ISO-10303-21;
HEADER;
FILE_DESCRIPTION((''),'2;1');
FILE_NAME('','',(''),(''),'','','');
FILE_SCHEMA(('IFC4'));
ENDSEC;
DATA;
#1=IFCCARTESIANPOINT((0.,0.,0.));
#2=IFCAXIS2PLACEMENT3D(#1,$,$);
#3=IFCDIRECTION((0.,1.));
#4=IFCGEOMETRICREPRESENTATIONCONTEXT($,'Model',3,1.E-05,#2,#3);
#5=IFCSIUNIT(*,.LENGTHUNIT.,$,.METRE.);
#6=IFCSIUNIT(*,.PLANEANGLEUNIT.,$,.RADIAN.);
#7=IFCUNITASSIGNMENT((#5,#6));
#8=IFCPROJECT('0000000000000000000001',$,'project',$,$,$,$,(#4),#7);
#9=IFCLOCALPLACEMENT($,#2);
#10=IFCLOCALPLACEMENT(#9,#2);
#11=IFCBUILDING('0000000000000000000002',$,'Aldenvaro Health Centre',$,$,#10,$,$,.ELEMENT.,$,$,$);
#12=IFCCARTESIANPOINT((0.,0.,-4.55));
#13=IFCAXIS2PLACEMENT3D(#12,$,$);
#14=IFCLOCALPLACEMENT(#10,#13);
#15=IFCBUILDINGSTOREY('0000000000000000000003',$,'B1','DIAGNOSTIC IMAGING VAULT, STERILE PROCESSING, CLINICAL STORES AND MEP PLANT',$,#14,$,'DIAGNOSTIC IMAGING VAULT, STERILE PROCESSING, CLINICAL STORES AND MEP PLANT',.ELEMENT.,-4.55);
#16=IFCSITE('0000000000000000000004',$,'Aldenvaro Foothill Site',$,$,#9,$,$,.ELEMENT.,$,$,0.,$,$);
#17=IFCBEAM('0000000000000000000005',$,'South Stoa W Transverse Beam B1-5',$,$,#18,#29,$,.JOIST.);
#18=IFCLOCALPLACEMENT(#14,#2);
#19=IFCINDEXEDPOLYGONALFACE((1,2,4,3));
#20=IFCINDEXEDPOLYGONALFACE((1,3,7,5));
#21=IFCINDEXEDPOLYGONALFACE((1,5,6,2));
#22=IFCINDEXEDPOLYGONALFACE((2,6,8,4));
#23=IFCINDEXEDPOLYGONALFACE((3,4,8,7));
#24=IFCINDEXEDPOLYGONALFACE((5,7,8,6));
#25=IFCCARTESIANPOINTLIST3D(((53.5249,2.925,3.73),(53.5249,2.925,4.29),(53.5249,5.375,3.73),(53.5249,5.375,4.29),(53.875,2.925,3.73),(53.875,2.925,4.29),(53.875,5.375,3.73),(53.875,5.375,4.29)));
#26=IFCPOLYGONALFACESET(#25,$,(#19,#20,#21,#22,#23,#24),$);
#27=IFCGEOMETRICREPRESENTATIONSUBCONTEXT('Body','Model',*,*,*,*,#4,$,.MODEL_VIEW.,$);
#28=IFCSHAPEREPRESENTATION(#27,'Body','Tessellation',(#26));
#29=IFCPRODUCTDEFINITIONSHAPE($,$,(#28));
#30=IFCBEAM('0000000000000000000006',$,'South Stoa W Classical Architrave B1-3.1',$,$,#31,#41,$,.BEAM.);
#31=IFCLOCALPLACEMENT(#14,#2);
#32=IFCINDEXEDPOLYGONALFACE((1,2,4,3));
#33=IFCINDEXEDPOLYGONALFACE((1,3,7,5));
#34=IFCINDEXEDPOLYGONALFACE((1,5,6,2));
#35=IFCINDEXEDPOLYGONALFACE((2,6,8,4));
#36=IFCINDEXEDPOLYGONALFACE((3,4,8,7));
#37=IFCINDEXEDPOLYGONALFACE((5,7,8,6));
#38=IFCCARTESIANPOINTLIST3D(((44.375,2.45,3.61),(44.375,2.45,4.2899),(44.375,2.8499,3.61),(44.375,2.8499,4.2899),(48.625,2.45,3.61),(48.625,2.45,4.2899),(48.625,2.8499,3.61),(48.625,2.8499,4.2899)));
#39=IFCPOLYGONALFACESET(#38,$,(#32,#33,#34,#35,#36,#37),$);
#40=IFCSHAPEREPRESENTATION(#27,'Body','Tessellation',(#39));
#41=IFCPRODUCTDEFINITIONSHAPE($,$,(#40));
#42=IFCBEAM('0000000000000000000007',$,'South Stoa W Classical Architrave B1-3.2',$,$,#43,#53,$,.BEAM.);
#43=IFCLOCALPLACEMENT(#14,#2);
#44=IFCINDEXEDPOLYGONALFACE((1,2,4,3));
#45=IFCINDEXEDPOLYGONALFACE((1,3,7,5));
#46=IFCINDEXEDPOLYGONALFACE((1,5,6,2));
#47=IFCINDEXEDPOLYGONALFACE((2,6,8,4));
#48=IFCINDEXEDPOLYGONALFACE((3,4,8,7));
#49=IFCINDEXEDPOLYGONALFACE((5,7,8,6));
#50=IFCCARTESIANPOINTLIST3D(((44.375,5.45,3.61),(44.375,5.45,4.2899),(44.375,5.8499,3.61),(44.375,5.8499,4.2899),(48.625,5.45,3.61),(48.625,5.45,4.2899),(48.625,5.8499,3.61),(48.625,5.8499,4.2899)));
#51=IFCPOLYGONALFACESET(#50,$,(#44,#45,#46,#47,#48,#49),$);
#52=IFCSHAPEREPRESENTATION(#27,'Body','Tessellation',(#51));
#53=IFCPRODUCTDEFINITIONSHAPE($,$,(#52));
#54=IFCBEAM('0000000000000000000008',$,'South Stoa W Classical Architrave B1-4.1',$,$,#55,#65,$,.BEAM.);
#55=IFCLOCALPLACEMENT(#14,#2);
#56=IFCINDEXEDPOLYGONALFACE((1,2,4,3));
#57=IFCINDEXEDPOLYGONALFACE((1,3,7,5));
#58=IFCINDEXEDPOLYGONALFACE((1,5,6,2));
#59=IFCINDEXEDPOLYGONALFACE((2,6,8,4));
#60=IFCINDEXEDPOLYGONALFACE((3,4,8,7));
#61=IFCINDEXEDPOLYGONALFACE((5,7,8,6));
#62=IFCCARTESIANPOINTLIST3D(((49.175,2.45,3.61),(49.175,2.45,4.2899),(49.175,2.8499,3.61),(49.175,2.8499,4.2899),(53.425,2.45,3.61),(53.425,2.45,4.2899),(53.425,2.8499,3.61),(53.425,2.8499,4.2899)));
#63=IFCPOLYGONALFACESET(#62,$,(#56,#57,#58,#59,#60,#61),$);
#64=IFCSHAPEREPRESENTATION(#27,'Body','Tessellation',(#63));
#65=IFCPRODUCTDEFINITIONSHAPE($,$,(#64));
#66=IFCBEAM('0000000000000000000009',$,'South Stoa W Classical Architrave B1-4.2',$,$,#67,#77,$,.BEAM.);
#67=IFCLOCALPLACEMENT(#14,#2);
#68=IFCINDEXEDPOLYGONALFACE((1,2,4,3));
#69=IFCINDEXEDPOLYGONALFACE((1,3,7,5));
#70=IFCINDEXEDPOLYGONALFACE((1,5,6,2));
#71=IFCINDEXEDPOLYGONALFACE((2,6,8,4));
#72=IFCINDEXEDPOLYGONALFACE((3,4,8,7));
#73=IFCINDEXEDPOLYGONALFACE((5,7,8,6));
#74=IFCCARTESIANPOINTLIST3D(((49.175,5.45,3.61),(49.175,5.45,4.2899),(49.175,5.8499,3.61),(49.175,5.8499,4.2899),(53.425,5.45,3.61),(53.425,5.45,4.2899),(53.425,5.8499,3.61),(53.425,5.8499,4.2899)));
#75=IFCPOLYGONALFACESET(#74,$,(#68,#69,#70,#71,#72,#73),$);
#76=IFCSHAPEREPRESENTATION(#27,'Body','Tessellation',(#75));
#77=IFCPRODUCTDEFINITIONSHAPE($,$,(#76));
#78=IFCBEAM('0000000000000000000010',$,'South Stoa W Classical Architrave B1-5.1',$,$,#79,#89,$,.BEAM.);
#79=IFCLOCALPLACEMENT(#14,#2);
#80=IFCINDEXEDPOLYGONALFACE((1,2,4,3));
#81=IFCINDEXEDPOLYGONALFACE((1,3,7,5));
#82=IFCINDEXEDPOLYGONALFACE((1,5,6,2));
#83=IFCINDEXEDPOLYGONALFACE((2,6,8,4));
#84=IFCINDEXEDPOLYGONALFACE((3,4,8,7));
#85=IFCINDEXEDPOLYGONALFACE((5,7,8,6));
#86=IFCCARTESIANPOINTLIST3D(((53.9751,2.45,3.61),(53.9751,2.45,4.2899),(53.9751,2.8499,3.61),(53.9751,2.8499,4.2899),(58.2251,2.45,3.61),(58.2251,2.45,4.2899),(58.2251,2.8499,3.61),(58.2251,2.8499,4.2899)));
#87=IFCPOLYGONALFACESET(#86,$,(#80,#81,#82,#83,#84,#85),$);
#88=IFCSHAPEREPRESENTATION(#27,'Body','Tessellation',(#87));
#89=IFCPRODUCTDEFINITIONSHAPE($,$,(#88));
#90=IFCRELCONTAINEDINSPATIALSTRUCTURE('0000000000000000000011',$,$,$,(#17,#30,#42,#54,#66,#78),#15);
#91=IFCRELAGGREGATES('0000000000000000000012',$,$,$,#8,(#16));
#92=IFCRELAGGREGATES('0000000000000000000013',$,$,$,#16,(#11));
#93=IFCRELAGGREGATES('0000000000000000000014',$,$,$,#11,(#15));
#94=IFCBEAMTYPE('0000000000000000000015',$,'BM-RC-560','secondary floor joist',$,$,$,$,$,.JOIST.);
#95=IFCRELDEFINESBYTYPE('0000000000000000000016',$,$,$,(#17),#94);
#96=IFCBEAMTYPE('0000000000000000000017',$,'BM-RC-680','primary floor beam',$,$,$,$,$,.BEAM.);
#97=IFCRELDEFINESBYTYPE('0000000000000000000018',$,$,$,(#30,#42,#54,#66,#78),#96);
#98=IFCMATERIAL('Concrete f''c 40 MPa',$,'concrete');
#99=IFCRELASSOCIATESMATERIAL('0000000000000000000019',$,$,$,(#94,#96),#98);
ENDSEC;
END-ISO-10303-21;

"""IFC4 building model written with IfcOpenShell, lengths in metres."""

from ifc_helpers import new_model, si_unit, direction, frame, origin, origin_2d, place, context, subcontext, project, spatial, rectangle, extrude, material, material_profile, profile_set, type_object, element, save


model = new_model("IFC4")

# Units and contexts
model_context = context("Model", 3, precision=1e-05, world=origin(), true_north=direction((0.0, 1.0)))
body_context = subcontext(model_context, "Body", "Model", "MODEL_VIEW")
ifc_project = project(units=[si_unit("LENGTHUNIT", "METRE"), si_unit("PLANEANGLEUNIT", "RADIAN")], contexts=[model_context])

# Site, building, storey
site_placement = place(None, origin())
site = spatial("IfcSite", under=ifc_project, at=site_placement, Name="Aldenvaro Foothill Site", CompositionType="ELEMENT", RefElevation=0.0)
building_placement = place(site_placement, origin())
building = spatial("IfcBuilding", under=site, at=building_placement, Name="Aldenvaro Health Centre", CompositionType="ELEMENT")
storey_placement = place(building_placement, frame((0.0, 0.0, -4.55)))
storey = spatial("IfcBuildingStorey", under=building, at=storey_placement, Name="B1", Description="DIAGNOSTIC IMAGING VAULT, STERILE PROCESSING, CLINICAL STORES AND MEP PLANT", LongName="DIAGNOSTIC IMAGING VAULT, STERILE PROCESSING, CLINICAL STORES AND MEP PLANT", CompositionType="ELEMENT", Elevation=-4.55)

# Shared definitions
ifc_material = material(Name="Concrete f'c 40 MPa", Category="concrete")

# Beams
ifc_material_profile_1 = material_profile(ifc_material, rectangle(XDim=0.3501, YDim=0.5601, at=origin_2d()), Name="RC 350x560", Category="concrete")
ifc_profile_set_1 = profile_set([ifc_material_profile_1], Name="Concrete f'c 40 MPa")
beam_type_1 = type_object("IfcBeamType", Name="BM-RC-560", Description="secondary floor joist", PredefinedType="JOIST", material=ifc_profile_set_1)
for number, where, z_axis, x_axis, name in (
    (1, (53.7, 2.925, 4.01), (0.0, 1.0, 0.0), (-1.0, 0.0, 0.0), "South Stoa W Transverse Beam B1-5"),
):
    element("IfcBeam", number, at=place(storey_placement, frame(where, z_axis=z_axis, x_axis=x_axis)), inside=storey, type_object=beam_type_1, Name=name, PredefinedType="JOIST", context=body_context, shape_type="SweptSolid", body=[
        extrude(rectangle(XDim=0.3501, YDim=0.5601, at=origin_2d()), origin(), (0.0, 0.0, 1.0), 2.45),
    ])
ifc_material_profile_2 = material_profile(ifc_material, rectangle(XDim=0.3999, YDim=0.6799, at=origin_2d()), Name="RC 400x680", Category="concrete")
ifc_profile_set_2 = profile_set([ifc_material_profile_2], Name="Concrete f'c 40 MPa")
beam_type_2 = type_object("IfcBeamType", Name="BM-RC-680", Description="primary floor beam", PredefinedType="BEAM", material=ifc_profile_set_2)
for number, where, z_axis, x_axis, name in (
    (2, (44.375, 2.6499, 3.95), (1.0, 0.0, 0.0), (0.0, 1.0, 0.0), "South Stoa W Classical Architrave B1-3.1"),
    (3, (44.375, 5.6499, 3.95), (1.0, 0.0, 0.0), (0.0, 1.0, 0.0), "South Stoa W Classical Architrave B1-3.2"),
    (4, (49.175, 2.6499, 3.95), (1.0, 0.0, 0.0), (0.0, 1.0, 0.0), "South Stoa W Classical Architrave B1-4.1"),
    (5, (49.175, 5.6499, 3.95), (1.0, 0.0, 0.0), (0.0, 1.0, 0.0), "South Stoa W Classical Architrave B1-4.2"),
    (6, (53.9751, 2.6499, 3.95), (1.0, 0.0, 0.0), (0.0, 1.0, 0.0), "South Stoa W Classical Architrave B1-5.1"),
):
    element("IfcBeam", number, at=place(storey_placement, frame(where, z_axis=z_axis, x_axis=x_axis)), inside=storey, type_object=beam_type_2, Name=name, PredefinedType="BEAM", context=body_context, shape_type="SweptSolid", body=[
        extrude(rectangle(XDim=0.3999, YDim=0.6799, at=origin_2d()), origin(), (0.0, 0.0, 1.0), 4.25),
    ])

save(model, "model.ifc")
